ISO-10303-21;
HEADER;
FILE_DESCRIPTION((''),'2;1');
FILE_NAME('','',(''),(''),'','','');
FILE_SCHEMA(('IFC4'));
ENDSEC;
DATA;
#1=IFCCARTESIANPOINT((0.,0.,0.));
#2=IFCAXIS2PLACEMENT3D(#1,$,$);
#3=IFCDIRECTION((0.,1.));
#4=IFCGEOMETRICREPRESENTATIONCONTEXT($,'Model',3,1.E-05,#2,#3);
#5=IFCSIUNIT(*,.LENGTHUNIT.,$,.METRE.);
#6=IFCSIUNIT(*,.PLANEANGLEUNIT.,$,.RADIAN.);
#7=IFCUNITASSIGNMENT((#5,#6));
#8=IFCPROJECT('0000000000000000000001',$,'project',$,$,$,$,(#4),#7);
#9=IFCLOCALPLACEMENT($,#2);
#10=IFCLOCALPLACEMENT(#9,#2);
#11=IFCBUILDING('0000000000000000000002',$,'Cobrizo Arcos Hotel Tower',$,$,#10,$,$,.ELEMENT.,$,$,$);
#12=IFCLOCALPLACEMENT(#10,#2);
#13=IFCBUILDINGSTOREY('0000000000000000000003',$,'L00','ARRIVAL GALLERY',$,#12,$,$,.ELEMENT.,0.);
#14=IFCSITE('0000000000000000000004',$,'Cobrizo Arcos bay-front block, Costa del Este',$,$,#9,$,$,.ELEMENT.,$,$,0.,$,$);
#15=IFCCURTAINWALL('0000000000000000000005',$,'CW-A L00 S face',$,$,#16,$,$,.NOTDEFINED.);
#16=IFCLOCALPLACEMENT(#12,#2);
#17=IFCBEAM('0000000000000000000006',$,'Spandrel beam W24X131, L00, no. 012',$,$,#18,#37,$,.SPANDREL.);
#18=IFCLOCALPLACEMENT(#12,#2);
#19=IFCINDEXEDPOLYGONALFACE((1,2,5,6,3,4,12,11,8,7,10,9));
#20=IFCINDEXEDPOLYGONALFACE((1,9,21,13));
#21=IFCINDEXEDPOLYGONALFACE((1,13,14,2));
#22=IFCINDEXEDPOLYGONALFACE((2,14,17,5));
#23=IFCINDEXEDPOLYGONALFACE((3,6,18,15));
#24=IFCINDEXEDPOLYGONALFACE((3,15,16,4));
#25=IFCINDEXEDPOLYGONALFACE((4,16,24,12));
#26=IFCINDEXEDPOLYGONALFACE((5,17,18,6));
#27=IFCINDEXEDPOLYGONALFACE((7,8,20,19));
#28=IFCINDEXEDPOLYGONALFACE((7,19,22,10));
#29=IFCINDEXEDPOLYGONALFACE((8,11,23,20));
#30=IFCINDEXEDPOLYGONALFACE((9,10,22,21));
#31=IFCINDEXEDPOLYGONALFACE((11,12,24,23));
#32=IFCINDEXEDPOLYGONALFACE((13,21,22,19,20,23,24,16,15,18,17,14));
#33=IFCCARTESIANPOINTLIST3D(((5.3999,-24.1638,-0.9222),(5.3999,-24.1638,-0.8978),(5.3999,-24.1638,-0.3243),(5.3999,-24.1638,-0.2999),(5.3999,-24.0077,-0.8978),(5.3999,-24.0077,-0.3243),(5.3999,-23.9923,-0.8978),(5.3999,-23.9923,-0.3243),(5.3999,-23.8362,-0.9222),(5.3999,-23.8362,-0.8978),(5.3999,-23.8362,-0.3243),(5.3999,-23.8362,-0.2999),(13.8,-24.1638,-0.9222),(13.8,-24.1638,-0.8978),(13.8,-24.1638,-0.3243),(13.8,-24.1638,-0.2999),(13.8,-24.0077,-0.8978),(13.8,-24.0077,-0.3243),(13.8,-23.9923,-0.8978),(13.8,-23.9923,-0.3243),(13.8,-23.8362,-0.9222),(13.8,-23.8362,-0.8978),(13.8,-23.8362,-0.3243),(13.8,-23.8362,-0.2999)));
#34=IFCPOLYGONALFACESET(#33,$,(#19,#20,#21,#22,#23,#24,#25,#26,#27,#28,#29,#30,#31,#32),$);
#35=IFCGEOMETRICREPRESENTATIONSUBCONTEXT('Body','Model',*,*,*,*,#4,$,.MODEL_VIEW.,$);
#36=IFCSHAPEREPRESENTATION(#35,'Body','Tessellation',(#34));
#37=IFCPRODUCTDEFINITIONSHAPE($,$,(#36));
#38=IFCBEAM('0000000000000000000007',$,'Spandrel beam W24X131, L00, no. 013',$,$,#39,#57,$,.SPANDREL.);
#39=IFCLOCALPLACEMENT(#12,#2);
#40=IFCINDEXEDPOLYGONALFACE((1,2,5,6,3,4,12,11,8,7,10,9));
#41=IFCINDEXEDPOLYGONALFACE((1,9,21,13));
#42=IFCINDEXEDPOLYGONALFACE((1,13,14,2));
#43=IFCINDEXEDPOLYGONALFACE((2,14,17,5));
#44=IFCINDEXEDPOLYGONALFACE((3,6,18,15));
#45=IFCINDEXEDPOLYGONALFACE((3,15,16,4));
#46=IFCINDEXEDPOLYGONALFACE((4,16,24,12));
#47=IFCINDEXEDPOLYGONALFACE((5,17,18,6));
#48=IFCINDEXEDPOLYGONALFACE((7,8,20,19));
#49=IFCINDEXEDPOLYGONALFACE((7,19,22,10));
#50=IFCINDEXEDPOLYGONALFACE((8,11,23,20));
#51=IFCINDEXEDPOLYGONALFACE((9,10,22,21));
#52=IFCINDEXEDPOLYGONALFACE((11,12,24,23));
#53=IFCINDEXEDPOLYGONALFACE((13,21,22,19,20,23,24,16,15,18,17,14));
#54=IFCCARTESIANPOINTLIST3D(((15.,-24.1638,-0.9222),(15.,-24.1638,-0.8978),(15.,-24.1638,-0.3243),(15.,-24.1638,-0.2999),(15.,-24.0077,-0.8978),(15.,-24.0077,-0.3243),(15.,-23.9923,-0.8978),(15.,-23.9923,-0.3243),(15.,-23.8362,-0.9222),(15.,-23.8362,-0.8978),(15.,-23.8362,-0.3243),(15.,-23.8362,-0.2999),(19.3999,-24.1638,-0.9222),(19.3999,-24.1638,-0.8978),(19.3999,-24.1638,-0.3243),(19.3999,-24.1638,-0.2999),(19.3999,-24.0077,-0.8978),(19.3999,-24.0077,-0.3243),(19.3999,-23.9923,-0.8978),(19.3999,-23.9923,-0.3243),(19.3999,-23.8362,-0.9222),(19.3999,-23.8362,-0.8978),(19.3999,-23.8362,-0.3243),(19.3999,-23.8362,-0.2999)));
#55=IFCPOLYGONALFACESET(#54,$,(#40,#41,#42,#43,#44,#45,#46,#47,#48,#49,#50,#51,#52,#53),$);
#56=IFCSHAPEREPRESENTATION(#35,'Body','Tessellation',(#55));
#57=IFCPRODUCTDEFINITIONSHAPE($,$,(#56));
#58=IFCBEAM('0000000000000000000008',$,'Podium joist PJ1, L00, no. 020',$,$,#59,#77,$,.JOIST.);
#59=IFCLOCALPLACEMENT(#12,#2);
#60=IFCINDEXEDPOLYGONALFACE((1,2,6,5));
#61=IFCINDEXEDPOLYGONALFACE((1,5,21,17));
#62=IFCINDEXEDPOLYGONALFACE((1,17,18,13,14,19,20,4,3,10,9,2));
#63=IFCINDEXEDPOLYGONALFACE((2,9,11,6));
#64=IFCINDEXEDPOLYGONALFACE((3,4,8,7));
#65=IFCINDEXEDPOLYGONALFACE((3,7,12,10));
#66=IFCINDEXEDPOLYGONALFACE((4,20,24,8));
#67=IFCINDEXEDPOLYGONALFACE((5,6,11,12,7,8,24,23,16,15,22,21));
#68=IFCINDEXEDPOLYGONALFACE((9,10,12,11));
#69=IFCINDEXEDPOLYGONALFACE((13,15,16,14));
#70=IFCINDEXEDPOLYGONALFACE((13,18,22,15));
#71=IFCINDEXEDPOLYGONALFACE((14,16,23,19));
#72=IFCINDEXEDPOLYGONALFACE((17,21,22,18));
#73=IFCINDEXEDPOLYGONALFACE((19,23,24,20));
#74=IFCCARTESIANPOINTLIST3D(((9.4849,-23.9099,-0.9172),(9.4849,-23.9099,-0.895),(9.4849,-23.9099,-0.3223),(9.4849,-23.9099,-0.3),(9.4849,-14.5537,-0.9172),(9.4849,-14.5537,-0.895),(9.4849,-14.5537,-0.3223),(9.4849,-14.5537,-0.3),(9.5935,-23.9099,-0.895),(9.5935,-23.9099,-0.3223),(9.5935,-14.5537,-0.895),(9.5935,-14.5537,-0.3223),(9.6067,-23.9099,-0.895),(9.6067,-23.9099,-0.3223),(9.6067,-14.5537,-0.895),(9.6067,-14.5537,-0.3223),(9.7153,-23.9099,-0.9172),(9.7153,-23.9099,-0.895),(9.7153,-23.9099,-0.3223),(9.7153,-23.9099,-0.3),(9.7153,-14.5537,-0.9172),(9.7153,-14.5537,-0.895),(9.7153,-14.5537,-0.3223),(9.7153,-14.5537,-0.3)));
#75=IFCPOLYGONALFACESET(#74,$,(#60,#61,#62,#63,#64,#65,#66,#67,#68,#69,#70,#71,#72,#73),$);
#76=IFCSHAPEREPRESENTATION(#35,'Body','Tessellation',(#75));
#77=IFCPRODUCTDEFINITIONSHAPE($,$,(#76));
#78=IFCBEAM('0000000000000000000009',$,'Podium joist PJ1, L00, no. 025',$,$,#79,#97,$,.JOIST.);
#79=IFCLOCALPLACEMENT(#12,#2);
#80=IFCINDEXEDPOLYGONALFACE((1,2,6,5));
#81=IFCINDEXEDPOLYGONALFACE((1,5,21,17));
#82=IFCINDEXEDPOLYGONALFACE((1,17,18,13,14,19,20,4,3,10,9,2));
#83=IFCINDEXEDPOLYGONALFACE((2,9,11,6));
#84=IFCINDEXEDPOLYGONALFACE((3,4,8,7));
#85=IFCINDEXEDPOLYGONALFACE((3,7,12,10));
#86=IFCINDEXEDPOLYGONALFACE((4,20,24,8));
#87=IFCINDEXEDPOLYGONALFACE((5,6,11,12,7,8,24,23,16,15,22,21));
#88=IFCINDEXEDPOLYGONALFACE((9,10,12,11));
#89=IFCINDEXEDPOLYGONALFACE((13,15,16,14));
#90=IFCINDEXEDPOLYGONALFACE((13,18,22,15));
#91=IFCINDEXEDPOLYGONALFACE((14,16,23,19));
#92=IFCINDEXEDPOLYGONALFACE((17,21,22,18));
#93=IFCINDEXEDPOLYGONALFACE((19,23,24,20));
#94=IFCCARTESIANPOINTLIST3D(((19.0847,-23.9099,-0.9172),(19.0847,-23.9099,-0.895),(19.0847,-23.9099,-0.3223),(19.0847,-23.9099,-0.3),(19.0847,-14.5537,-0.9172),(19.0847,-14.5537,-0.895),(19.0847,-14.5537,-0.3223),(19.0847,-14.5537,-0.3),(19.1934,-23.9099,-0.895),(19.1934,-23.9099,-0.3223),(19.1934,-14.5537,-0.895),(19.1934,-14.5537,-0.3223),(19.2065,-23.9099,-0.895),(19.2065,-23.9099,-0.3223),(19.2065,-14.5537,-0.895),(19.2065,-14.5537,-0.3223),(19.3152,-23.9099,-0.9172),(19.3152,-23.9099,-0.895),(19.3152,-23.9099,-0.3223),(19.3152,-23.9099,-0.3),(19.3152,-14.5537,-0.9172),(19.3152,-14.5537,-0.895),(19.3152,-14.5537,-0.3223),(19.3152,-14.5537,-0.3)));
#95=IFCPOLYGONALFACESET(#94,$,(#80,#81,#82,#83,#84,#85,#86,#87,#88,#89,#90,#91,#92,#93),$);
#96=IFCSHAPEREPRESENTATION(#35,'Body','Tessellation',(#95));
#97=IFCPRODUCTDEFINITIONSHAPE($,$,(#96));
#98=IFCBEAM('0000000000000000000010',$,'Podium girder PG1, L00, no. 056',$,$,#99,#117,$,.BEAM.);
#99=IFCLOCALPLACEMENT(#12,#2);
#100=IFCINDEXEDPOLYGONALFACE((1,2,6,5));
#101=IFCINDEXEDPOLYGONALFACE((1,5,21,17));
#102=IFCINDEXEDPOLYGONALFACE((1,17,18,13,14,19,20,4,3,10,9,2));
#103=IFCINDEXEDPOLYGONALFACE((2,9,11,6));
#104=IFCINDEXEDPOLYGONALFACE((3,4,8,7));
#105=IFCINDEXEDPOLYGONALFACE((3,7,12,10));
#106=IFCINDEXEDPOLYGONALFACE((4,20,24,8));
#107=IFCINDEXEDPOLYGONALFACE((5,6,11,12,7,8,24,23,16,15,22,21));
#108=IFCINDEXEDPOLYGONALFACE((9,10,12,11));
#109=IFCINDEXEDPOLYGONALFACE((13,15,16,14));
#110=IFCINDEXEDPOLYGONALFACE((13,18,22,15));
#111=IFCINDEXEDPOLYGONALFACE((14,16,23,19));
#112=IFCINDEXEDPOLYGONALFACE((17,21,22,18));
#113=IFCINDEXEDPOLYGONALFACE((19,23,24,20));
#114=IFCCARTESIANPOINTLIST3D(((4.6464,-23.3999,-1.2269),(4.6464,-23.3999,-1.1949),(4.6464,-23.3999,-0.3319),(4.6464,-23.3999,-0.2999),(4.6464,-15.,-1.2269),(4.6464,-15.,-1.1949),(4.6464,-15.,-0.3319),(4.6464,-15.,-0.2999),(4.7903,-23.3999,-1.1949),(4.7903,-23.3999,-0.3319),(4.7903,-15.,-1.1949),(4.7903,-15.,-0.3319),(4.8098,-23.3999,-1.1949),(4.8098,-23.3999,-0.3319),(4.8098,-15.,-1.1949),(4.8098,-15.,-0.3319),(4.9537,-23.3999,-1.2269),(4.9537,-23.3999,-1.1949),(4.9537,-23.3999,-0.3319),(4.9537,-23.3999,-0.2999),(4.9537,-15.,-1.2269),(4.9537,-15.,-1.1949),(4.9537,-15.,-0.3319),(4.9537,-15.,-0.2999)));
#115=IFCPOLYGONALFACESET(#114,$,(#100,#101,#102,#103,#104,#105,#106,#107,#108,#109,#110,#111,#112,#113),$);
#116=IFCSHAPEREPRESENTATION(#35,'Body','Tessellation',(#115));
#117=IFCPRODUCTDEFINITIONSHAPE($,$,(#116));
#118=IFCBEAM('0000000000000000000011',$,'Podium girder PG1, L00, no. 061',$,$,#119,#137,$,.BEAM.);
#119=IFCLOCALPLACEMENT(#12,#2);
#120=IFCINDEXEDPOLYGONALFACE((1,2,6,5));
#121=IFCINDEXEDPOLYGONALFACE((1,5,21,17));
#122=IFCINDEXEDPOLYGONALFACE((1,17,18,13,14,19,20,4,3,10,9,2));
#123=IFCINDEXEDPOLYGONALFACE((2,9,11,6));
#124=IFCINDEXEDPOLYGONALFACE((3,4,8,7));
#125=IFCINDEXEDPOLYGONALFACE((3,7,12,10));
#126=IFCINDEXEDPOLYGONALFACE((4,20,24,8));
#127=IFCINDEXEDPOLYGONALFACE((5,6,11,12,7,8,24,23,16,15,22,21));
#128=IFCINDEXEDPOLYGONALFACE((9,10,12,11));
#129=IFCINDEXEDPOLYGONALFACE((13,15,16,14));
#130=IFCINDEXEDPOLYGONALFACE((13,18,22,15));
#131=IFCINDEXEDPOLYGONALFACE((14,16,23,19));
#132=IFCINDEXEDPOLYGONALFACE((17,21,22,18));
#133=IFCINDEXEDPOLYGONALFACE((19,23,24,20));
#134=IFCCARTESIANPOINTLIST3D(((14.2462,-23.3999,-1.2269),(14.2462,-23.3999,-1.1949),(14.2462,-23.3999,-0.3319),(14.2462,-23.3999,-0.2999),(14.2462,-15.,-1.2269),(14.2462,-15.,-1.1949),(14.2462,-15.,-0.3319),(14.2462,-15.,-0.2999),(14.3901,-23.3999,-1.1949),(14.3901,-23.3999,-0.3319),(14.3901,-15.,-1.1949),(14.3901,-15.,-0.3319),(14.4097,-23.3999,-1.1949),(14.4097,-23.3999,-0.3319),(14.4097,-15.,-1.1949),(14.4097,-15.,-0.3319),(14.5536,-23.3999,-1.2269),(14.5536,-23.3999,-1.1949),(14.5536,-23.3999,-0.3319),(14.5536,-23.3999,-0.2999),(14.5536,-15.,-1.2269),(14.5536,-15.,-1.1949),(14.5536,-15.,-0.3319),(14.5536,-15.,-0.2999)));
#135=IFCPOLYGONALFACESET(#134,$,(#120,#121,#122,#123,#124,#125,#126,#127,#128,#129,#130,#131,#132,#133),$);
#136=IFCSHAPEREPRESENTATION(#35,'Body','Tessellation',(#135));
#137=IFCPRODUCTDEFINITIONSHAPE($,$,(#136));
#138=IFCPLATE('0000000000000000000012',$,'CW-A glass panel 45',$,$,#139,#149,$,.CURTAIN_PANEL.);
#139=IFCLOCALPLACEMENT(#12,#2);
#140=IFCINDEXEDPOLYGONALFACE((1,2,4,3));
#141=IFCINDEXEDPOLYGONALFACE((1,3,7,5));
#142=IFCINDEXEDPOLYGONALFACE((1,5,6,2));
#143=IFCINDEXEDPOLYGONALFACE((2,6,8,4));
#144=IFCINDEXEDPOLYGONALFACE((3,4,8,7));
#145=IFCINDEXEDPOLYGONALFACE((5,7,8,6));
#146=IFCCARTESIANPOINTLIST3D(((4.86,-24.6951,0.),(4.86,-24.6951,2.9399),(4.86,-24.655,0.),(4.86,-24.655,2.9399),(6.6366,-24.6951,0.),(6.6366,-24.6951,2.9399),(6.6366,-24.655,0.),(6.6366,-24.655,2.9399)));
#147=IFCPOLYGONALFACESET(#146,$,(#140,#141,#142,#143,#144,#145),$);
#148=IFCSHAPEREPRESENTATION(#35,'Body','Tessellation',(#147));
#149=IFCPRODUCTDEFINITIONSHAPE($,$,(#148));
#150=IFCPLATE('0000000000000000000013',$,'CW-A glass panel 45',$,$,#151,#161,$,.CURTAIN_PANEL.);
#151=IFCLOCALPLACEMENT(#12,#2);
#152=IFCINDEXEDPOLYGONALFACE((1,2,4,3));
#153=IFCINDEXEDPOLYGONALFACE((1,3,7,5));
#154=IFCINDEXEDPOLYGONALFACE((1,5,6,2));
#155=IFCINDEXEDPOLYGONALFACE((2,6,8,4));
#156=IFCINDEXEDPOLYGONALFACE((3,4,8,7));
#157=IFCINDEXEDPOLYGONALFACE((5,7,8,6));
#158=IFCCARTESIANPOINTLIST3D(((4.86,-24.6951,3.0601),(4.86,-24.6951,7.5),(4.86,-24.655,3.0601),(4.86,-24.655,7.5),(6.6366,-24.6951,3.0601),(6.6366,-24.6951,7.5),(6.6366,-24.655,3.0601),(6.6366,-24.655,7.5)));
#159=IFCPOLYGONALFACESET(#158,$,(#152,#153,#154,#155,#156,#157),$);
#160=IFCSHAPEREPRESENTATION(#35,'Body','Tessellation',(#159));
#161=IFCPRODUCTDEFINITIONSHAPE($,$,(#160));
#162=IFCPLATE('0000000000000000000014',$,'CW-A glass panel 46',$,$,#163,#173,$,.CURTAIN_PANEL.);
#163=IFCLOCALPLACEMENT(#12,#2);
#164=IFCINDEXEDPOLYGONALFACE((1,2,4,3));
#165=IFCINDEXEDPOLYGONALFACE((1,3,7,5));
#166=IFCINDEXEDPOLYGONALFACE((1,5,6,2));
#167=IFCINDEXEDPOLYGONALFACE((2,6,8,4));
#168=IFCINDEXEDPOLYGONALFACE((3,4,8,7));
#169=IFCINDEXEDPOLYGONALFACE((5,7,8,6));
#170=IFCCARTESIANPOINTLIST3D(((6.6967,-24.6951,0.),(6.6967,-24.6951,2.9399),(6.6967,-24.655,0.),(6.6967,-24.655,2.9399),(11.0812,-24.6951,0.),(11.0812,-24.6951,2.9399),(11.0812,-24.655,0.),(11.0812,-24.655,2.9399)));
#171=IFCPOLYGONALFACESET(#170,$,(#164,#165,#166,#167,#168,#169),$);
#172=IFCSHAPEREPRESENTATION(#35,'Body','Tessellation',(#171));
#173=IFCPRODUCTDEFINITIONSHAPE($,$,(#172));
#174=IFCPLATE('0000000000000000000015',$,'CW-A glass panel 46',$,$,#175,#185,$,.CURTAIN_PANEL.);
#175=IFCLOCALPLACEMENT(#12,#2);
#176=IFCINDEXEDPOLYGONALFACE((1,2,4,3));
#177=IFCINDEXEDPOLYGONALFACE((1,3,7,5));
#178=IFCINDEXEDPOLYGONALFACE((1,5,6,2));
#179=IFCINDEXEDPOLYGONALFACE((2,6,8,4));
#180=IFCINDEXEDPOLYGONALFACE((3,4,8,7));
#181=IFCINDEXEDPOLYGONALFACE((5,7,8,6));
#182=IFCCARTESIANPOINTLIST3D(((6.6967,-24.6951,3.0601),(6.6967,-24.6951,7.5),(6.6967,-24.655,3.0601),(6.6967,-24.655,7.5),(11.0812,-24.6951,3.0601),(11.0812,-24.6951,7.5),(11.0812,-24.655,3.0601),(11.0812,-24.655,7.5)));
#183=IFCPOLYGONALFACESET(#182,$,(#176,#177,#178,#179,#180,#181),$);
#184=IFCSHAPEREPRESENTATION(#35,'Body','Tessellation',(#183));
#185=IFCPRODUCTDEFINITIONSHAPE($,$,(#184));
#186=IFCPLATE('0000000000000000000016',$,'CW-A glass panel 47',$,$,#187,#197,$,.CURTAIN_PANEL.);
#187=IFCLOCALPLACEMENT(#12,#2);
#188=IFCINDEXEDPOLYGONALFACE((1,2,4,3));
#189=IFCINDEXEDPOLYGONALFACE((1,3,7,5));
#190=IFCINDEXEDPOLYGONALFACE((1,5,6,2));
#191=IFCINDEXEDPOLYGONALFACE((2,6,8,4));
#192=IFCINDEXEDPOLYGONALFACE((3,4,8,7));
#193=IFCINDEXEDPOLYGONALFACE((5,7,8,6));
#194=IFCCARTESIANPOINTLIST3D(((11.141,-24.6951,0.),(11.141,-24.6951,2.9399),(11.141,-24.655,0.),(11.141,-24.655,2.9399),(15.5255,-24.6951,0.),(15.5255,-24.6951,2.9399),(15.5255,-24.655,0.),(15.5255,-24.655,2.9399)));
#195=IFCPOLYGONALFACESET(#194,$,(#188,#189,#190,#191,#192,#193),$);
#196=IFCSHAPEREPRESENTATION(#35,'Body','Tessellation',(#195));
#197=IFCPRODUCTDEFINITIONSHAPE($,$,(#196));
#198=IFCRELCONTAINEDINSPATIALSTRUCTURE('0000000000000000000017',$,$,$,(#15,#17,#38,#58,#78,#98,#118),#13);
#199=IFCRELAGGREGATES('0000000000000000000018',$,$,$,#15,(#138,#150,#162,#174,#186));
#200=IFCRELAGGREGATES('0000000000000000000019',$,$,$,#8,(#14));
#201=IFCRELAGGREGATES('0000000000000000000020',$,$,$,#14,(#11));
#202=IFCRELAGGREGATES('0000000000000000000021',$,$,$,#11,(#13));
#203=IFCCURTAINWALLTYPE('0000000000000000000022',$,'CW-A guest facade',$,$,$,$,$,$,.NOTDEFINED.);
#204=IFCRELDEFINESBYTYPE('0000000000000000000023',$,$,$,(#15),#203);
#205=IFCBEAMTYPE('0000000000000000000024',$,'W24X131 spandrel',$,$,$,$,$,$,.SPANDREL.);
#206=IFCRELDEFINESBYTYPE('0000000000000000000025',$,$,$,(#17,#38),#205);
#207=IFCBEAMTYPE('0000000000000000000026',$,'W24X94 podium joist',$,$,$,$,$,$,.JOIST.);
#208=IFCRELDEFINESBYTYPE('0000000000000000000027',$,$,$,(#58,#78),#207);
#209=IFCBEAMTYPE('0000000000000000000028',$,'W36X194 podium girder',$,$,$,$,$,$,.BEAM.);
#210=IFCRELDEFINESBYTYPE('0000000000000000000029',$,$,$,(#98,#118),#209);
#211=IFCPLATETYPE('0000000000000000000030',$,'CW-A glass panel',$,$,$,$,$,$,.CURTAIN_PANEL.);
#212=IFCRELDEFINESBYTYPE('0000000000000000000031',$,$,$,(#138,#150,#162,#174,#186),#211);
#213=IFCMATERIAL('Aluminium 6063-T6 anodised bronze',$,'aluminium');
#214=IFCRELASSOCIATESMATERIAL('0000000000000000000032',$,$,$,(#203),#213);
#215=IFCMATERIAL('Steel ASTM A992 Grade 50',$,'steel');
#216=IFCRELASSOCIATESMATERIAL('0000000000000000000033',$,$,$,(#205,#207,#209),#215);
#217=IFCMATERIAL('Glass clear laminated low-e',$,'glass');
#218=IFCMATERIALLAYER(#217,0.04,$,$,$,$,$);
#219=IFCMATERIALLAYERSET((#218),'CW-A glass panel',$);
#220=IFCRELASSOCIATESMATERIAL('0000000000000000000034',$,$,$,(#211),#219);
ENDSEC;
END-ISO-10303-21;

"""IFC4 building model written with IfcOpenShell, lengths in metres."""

from ifc_helpers import new_model, si_unit, direction, frame, origin, origin_2d, place, context, subcontext, project, spatial, rectangle, i_section, extrude, material, layer, layer_set, material_profile, profile_set, type_object, element, aggregate, save


model = new_model("IFC4")

# Units and contexts
model_context = context("Model", 3, precision=1e-05, world=origin(), true_north=direction((0.0, 1.0)))
body_context = subcontext(model_context, "Body", "Model", "MODEL_VIEW")
ifc_project = project(units=[si_unit("LENGTHUNIT", "METRE"), si_unit("PLANEANGLEUNIT", "RADIAN")], contexts=[model_context])

# Site, building, storey
site_placement = place(None, origin())
site = spatial("IfcSite", under=ifc_project, at=site_placement, Name="Cobrizo Arcos bay-front block, Costa del Este", CompositionType="ELEMENT", RefElevation=0.0)
building_placement = place(site_placement, origin())
building = spatial("IfcBuilding", under=site, at=building_placement, Name="Cobrizo Arcos Hotel Tower", CompositionType="ELEMENT")
storey_placement = place(building_placement, origin())
storey = spatial("IfcBuildingStorey", under=building, at=storey_placement, Name="L00", Description="ARRIVAL GALLERY", CompositionType="ELEMENT", Elevation=0.0)

# Curtain wall
ifc_material_1 = material(Name="Aluminium 6063-T6 anodised bronze", Category="aluminium")
curtain_wall_type = type_object("IfcCurtainWallType", Name="CW-A guest facade", PredefinedType="NOTDEFINED", material=ifc_material_1)
curtain_wall_placement = place(storey_placement, origin())
curtain_wall = element("IfcCurtainWall", 1, at=curtain_wall_placement, inside=storey, type_object=curtain_wall_type, Name="CW-A L00 S face", PredefinedType="NOTDEFINED")

# Beams
ifc_material_2 = material(Name="Steel ASTM A992 Grade 50", Category="steel")
ifc_material_profile_1 = material_profile(ifc_material_2, i_section(OverallWidth=0.3276, OverallDepth=0.6223, WebThickness=0.0154, FlangeThickness=0.0244, at=origin_2d()), Name="W24X131")
ifc_profile_set_1 = profile_set([ifc_material_profile_1], Name="Steel ASTM A992 Grade 50")
beam_type_1 = type_object("IfcBeamType", Name="W24X131 spandrel", PredefinedType="SPANDREL", material=ifc_profile_set_1)
beam_1_placement = place(storey_placement, frame((5.3999, -24.0, -0.6111), z_axis=(1.0, 0.0, 0.0), x_axis=(0.0, 1.0, 0.0)))
element("IfcBeam", 2, at=beam_1_placement, inside=storey, type_object=beam_type_1, Name="Spandrel beam W24X131, L00, no. 012", PredefinedType="SPANDREL", context=body_context, shape_type="SweptSolid", body=[
    extrude(i_section(OverallWidth=0.3276, OverallDepth=0.6223, WebThickness=0.0154, FlangeThickness=0.0244, at=origin_2d()), origin(), (0.0, 0.0, 1.0), 8.4001),
])
beam_2_placement = place(storey_placement, frame((15.0, -24.0, -0.6111), z_axis=(1.0, 0.0, 0.0), x_axis=(0.0, 1.0, 0.0)))
element("IfcBeam", 3, at=beam_2_placement, inside=storey, type_object=beam_type_1, Name="Spandrel beam W24X131, L00, no. 013", PredefinedType="SPANDREL", context=body_context, shape_type="SweptSolid", body=[
    extrude(i_section(OverallWidth=0.3276, OverallDepth=0.6223, WebThickness=0.0154, FlangeThickness=0.0244, at=origin_2d()), origin(), (0.0, 0.0, 1.0), 4.3999),
])
ifc_material_profile_2 = material_profile(ifc_material_2, i_section(OverallWidth=0.2305, OverallDepth=0.6172, WebThickness=0.0132, FlangeThickness=0.0222, at=origin_2d()), Name="W24X94")
ifc_profile_set_2 = profile_set([ifc_material_profile_2], Name="Steel ASTM A992 Grade 50")
beam_type_2 = type_object("IfcBeamType", Name="W24X94 podium joist", PredefinedType="JOIST", material=ifc_profile_set_2)
for number, where, z_axis, x_axis, name in (
    (4, (9.6001, -23.9099, -0.6086), (0.0, 1.0, 0.0), (-1.0, 0.0, 0.0), "Podium joist PJ1, L00, no. 020"),
    (5, (19.2, -23.9099, -0.6086), (0.0, 1.0, 0.0), (-1.0, 0.0, 0.0), "Podium joist PJ1, L00, no. 025"),
):
    element("IfcBeam", number, at=place(storey_placement, frame(where, z_axis=z_axis, x_axis=x_axis)), inside=storey, type_object=beam_type_2, Name=name, PredefinedType="JOIST", context=body_context, shape_type="SweptSolid", body=[
        extrude(i_section(OverallWidth=0.2305, OverallDepth=0.6172, WebThickness=0.0132, FlangeThickness=0.0222, at=origin_2d()), origin(), (0.0, 0.0, 1.0), 9.3562),
    ])
ifc_material_profile_3 = material_profile(ifc_material_2, i_section(OverallWidth=0.3074, OverallDepth=0.927, WebThickness=0.0195, FlangeThickness=0.032, at=origin_2d()), Name="W36X194")
ifc_profile_set_3 = profile_set([ifc_material_profile_3], Name="Steel ASTM A992 Grade 50")
beam_type_3 = type_object("IfcBeamType", Name="W36X194 podium girder", PredefinedType="BEAM", material=ifc_profile_set_3)
for number, where, z_axis, x_axis, name in (
    (6, (4.8, -23.3999, -0.7634), (0.0, 1.0, 0.0), (-1.0, 0.0, 0.0), "Podium girder PG1, L00, no. 056"),
    (7, (14.3999, -23.3999, -0.7634), (0.0, 1.0, 0.0), (-1.0, 0.0, 0.0), "Podium girder PG1, L00, no. 061"),
):
    element("IfcBeam", number, at=place(storey_placement, frame(where, z_axis=z_axis, x_axis=x_axis)), inside=storey, type_object=beam_type_3, Name=name, PredefinedType="BEAM", context=body_context, shape_type="SweptSolid", body=[
        extrude(i_section(OverallWidth=0.3074, OverallDepth=0.927, WebThickness=0.0195, FlangeThickness=0.032, at=origin_2d()), origin(), (0.0, 0.0, 1.0), 8.3999),
    ])

# Plates
ifc_material_3 = material(Name="Glass clear laminated low-e", Category="glass")
ifc_layer_1 = layer(ifc_material_3, 0.04)
ifc_layer_set_1 = layer_set([ifc_layer_1], Name="CW-A glass panel")
plate_type = type_object("IfcPlateType", Name="CW-A glass panel", PredefinedType="CURTAIN_PANEL", material=ifc_layer_set_1)
plate_1_placement = place(storey_placement, frame((5.7483, -24.675, 0.0), z_axis=(0.0, 0.0, 1.0), x_axis=(1.0, 0.0, 0.0)))
plate_1 = element("IfcPlate", 8, at=plate_1_placement, type_object=plate_type, Name="CW-A glass panel 45", PredefinedType="CURTAIN_PANEL", context=body_context, shape_type="SweptSolid", body=[
    extrude(rectangle(XDim=1.7766, YDim=0.04, at=origin_2d()), origin(), (0.0, 0.0, 1.0), 2.9399),
])
plate_2_placement = place(storey_placement, frame((5.7483, -24.675, 3.0601), z_axis=(0.0, 0.0, 1.0), x_axis=(1.0, 0.0, 0.0)))
plate_2 = element("IfcPlate", 9, at=plate_2_placement, type_object=plate_type, Name="CW-A glass panel 45", PredefinedType="CURTAIN_PANEL", context=body_context, shape_type="SweptSolid", body=[
    extrude(rectangle(XDim=1.7766, YDim=0.04, at=origin_2d()), origin(), (0.0, 0.0, 1.0), 4.4399),
])
plate_3_placement = place(storey_placement, frame((8.8889, -24.675, 0.0), z_axis=(0.0, 0.0, 1.0), x_axis=(1.0, 0.0, 0.0)))
plate_3 = element("IfcPlate", 10, at=plate_3_placement, type_object=plate_type, Name="CW-A glass panel 46", PredefinedType="CURTAIN_PANEL", context=body_context, shape_type="SweptSolid", body=[
    extrude(rectangle(XDim=4.3845, YDim=0.04, at=origin_2d()), origin(), (0.0, 0.0, 1.0), 2.9399),
])
plate_4_placement = place(storey_placement, frame((8.8889, -24.675, 3.0601), z_axis=(0.0, 0.0, 1.0), x_axis=(1.0, 0.0, 0.0)))
plate_4 = element("IfcPlate", 11, at=plate_4_placement, type_object=plate_type, Name="CW-A glass panel 46", PredefinedType="CURTAIN_PANEL", context=body_context, shape_type="SweptSolid", body=[
    extrude(rectangle(XDim=4.3845, YDim=0.04, at=origin_2d()), origin(), (0.0, 0.0, 1.0), 4.4399),
])
plate_5_placement = place(storey_placement, frame((13.3333, -24.675, 0.0), z_axis=(0.0, 0.0, 1.0), x_axis=(1.0, 0.0, 0.0)))
plate_5 = element("IfcPlate", 12, at=plate_5_placement, type_object=plate_type, Name="CW-A glass panel 47", PredefinedType="CURTAIN_PANEL", context=body_context, shape_type="SweptSolid", body=[
    extrude(rectangle(XDim=4.3845, YDim=0.04, at=origin_2d()), origin(), (0.0, 0.0, 1.0), 2.9399),
])
aggregate(curtain_wall, [plate_1, plate_2, plate_3, plate_4, plate_5])

save(model, "model.ifc")
